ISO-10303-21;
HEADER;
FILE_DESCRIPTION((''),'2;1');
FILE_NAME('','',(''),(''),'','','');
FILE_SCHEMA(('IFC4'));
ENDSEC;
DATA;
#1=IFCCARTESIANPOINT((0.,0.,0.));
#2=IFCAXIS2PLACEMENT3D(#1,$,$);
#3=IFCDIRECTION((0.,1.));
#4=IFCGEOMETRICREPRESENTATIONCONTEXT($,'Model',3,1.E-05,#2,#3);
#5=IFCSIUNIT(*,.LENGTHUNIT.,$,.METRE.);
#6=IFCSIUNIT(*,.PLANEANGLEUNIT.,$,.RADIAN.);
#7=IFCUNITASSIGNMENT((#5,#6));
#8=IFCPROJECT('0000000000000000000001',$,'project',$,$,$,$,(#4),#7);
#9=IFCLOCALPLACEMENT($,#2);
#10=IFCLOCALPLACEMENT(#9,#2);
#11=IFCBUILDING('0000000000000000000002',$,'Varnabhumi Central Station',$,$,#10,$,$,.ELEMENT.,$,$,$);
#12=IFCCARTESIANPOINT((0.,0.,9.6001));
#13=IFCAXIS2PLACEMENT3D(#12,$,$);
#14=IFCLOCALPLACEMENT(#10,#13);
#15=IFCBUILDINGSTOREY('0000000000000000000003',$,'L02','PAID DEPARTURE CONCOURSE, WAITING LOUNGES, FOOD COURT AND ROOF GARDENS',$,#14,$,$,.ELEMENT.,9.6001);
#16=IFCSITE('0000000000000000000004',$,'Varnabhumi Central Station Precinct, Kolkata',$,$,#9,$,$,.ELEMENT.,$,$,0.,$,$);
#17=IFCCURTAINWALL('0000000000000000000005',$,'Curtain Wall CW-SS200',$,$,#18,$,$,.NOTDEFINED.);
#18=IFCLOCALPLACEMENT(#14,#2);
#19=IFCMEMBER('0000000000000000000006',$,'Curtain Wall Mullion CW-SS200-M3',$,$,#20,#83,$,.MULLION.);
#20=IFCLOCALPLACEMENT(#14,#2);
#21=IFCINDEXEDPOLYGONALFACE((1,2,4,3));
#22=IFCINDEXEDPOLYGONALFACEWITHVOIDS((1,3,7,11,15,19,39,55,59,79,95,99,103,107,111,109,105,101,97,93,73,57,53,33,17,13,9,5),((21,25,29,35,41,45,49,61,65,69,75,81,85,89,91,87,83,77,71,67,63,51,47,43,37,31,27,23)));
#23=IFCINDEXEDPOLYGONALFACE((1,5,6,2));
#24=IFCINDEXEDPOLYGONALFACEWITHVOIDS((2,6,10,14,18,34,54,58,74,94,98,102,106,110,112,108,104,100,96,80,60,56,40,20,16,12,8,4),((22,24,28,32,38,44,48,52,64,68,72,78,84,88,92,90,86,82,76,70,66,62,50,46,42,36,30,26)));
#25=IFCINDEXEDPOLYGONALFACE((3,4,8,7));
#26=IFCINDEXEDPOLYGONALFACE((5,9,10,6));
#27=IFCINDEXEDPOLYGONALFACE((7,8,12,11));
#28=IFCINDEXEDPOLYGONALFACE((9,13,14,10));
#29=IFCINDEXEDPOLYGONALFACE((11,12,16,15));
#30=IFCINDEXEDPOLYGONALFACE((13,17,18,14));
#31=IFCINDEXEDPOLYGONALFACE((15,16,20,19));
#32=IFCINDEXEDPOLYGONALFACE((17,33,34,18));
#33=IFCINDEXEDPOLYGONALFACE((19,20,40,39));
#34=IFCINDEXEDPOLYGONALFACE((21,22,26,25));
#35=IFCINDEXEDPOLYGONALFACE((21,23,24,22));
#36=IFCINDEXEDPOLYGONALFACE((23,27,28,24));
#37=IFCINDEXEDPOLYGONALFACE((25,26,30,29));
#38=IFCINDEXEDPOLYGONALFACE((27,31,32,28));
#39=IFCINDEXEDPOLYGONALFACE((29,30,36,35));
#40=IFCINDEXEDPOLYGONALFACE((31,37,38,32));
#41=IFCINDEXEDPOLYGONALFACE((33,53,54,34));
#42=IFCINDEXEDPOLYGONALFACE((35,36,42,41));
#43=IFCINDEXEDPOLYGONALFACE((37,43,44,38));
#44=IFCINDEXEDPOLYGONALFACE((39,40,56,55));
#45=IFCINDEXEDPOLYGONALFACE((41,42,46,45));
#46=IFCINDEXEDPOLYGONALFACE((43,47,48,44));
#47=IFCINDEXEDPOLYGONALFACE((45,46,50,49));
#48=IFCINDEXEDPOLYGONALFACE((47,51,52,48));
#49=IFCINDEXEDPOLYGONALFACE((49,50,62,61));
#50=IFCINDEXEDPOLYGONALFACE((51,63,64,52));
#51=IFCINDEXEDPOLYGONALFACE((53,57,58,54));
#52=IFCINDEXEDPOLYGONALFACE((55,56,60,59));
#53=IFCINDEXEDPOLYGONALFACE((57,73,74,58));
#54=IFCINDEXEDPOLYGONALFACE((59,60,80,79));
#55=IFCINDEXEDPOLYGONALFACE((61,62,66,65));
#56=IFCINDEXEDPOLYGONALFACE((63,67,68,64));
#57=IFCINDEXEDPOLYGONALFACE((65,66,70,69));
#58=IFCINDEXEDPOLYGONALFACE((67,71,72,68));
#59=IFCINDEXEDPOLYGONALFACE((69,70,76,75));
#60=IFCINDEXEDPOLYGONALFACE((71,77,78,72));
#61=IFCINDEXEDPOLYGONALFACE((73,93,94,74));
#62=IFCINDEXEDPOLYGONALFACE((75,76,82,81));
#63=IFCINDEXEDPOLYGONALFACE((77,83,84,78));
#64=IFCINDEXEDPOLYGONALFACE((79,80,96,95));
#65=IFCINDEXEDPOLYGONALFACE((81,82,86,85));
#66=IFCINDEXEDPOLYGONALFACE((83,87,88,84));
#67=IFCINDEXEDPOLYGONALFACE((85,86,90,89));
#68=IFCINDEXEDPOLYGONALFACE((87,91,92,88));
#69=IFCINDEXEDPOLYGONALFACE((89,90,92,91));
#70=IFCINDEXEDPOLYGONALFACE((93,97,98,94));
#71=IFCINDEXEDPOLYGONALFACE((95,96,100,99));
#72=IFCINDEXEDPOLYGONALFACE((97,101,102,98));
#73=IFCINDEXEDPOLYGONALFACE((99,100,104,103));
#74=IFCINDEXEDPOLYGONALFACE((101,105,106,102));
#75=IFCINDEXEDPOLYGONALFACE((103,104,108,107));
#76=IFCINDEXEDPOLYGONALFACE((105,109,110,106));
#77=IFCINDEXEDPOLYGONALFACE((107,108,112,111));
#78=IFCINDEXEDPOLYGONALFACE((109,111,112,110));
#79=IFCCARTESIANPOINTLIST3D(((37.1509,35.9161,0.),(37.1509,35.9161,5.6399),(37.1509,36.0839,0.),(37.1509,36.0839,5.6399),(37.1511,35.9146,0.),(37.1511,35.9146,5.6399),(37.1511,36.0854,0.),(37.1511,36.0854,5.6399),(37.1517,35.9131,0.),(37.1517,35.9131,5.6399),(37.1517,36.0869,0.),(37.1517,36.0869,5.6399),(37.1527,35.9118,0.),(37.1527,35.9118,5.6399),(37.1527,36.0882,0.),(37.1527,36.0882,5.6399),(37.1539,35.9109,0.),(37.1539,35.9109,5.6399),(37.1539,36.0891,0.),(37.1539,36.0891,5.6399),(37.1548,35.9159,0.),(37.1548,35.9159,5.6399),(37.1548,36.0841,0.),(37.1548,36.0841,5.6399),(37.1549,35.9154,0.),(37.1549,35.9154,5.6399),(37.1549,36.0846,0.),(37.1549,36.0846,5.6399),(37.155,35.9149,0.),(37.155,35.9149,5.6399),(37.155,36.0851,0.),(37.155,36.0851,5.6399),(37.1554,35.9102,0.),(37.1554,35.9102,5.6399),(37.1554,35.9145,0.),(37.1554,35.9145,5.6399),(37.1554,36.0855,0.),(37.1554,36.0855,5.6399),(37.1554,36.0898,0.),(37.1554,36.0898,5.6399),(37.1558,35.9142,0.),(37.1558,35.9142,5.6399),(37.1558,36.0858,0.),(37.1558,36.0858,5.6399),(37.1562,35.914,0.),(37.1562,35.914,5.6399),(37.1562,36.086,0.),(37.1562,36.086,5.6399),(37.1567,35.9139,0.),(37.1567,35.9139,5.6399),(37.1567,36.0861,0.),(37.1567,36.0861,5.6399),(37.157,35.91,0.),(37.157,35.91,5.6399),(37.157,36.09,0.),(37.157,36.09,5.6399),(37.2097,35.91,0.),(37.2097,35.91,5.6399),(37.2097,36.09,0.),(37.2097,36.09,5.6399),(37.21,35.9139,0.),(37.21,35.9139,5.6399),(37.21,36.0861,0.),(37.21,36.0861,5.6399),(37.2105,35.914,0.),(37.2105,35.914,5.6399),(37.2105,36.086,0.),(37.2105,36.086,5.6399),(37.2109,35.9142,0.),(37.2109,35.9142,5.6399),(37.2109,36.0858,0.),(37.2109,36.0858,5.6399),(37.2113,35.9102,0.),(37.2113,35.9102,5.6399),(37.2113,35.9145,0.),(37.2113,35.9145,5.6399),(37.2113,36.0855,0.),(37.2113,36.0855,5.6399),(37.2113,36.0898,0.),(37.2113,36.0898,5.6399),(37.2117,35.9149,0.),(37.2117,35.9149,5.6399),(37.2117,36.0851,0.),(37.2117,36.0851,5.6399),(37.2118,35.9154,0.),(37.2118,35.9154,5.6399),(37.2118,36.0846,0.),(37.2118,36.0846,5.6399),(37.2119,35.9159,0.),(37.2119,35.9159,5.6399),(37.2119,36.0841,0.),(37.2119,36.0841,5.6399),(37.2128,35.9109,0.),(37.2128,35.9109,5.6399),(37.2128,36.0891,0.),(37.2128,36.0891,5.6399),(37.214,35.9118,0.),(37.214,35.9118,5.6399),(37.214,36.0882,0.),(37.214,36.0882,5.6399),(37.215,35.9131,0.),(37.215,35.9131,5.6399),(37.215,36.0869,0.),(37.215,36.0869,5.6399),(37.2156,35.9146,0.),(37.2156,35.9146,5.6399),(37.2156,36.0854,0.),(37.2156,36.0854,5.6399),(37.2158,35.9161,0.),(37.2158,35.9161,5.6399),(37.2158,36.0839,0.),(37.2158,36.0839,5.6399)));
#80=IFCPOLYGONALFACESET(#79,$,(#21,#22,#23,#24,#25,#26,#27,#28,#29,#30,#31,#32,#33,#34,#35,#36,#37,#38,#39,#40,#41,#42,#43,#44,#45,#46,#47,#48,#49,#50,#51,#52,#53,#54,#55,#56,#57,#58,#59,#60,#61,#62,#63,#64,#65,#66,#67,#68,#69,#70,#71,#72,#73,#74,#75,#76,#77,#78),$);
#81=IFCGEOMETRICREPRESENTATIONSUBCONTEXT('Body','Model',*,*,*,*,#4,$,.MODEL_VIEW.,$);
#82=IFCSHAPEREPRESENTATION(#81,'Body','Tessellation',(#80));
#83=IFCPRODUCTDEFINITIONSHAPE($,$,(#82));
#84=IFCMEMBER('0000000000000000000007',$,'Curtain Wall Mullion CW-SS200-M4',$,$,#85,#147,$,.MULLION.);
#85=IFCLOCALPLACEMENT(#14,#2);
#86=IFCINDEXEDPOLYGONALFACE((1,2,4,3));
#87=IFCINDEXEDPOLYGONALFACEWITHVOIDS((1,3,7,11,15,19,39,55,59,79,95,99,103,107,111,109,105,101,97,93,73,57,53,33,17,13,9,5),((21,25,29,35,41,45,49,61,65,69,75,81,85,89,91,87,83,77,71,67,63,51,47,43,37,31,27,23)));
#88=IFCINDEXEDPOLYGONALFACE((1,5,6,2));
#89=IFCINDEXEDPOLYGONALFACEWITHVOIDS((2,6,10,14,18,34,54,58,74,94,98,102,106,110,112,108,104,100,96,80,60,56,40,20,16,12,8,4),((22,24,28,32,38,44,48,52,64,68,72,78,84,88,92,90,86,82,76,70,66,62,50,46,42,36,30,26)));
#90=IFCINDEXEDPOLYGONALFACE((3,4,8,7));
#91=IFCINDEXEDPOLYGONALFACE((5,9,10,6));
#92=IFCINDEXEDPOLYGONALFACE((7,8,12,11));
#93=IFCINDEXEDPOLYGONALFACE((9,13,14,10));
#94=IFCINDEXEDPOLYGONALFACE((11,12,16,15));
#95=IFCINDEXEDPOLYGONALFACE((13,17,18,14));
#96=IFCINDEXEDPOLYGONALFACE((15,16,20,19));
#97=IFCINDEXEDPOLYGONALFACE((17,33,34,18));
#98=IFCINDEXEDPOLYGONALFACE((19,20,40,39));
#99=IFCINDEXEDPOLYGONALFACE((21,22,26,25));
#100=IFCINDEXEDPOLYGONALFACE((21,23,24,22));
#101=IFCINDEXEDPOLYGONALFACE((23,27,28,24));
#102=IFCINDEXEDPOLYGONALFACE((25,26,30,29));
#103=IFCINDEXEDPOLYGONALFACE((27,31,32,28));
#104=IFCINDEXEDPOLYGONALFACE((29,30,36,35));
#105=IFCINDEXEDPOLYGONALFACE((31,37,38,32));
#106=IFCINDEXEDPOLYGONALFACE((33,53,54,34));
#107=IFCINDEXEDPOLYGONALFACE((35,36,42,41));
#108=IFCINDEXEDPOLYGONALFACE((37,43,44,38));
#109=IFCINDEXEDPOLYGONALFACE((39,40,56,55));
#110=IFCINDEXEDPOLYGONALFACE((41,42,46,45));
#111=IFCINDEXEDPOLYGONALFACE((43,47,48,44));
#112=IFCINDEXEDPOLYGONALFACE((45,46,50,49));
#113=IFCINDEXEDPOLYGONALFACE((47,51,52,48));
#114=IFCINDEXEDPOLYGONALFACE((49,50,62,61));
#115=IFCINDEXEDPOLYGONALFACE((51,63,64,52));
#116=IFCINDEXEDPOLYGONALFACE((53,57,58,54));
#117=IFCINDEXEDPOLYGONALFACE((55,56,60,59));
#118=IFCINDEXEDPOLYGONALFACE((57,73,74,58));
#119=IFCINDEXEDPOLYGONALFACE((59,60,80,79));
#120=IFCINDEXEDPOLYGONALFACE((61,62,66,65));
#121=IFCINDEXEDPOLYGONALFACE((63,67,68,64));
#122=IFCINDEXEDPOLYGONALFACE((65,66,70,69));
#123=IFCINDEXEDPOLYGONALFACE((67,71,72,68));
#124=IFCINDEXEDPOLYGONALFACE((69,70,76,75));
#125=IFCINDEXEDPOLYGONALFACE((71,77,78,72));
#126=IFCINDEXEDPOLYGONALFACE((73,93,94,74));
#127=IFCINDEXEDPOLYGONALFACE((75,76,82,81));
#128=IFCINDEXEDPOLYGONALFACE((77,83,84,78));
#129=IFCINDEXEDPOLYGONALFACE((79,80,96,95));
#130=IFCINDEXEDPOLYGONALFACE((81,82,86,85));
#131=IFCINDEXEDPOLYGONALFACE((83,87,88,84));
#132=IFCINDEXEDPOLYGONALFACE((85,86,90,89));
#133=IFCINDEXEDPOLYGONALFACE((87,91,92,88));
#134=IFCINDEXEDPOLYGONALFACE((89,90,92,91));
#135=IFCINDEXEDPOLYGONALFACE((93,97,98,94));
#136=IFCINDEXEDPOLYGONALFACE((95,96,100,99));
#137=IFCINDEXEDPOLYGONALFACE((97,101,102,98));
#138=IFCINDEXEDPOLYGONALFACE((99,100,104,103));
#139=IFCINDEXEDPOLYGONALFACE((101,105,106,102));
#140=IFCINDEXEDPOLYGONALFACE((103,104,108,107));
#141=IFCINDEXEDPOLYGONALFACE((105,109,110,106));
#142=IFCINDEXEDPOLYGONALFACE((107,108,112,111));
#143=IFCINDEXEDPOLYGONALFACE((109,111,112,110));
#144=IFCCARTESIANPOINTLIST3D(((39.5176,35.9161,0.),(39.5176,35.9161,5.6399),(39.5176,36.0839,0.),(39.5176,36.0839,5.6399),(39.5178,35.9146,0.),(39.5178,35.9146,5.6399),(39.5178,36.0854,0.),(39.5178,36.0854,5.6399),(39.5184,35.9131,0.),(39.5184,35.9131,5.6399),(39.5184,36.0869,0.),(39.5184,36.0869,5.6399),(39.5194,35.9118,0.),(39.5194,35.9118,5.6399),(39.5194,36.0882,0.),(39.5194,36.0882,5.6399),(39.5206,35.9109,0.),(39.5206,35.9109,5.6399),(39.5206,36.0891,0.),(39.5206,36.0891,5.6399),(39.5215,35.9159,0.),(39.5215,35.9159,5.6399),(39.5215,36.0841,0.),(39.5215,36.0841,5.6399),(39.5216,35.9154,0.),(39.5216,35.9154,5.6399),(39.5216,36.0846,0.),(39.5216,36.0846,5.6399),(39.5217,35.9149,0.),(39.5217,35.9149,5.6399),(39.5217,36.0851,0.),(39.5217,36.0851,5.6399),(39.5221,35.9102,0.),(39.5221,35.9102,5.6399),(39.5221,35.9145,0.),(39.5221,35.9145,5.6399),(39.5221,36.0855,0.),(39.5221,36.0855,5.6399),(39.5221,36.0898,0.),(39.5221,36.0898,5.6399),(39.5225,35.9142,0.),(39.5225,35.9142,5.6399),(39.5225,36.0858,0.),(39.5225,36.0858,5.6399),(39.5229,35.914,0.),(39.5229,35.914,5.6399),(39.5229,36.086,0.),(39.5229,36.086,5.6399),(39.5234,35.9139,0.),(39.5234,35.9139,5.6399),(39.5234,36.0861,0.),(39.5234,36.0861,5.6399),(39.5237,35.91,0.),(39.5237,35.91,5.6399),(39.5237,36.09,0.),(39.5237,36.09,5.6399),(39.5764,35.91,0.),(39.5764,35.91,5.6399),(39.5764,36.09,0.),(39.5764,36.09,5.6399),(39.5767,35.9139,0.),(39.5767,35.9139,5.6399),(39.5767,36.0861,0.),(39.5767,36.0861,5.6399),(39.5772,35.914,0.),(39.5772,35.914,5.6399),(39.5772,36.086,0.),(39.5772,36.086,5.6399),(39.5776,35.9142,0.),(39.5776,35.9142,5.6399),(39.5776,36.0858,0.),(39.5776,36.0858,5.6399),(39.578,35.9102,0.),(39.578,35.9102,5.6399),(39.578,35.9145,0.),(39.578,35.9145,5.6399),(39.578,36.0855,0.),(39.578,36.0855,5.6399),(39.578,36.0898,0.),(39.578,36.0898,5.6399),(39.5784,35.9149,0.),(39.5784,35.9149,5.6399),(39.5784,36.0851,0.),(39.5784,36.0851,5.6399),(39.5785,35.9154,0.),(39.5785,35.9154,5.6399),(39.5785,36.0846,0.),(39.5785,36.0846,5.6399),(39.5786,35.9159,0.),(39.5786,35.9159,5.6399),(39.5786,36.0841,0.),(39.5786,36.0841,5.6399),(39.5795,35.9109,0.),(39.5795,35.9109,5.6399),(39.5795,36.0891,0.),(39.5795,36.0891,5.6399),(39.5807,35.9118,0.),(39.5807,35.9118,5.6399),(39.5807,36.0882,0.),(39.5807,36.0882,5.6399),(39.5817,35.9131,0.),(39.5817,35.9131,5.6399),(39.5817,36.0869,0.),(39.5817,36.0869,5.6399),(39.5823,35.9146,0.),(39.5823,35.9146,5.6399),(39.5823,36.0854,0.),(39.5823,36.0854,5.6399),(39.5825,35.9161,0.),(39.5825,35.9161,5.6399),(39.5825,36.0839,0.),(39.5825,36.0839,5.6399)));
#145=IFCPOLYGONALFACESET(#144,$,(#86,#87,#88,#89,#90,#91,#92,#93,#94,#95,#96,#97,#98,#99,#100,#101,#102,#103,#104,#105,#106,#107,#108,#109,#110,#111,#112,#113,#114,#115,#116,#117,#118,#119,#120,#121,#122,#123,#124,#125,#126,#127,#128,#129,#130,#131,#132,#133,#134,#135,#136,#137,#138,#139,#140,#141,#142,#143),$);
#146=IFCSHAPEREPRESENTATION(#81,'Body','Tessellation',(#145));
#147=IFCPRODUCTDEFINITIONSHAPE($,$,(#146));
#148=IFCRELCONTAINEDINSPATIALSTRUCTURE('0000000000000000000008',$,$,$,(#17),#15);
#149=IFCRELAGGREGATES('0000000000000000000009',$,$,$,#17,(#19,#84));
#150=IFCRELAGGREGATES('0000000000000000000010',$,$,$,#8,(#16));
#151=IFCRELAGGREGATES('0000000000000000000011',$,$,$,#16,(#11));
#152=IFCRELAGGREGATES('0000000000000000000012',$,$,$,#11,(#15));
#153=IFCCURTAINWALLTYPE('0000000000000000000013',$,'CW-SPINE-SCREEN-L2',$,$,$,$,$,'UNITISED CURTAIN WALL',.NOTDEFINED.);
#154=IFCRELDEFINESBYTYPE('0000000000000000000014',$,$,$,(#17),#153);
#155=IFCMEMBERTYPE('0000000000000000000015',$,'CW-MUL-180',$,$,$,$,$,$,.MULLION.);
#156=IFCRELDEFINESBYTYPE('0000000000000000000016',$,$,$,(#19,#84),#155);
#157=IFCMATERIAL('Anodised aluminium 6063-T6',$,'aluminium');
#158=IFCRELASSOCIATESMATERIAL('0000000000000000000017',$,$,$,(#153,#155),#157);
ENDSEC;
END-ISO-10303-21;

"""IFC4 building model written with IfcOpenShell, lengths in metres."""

from ifc_helpers import new_model, si_unit, direction, frame, origin, origin_2d, place, context, subcontext, project, spatial, hollow_rectangle, extrude, material, material_profile, profile_set, type_object, element, aggregate, save


model = new_model("IFC4")

# Units and contexts
model_context = context("Model", 3, precision=1e-05, world=origin(), true_north=direction((0.0, 1.0)))
body_context = subcontext(model_context, "Body", "Model", "MODEL_VIEW")
ifc_project = project(units=[si_unit("LENGTHUNIT", "METRE"), si_unit("PLANEANGLEUNIT", "RADIAN")], contexts=[model_context])

# Site, building, storey
site_placement = place(None, origin())
site = spatial("IfcSite", under=ifc_project, at=site_placement, Name="Varnabhumi Central Station Precinct, Kolkata", CompositionType="ELEMENT", RefElevation=0.0)
building_placement = place(site_placement, origin())
building = spatial("IfcBuilding", under=site, at=building_placement, Name="Varnabhumi Central Station", CompositionType="ELEMENT")
storey_placement = place(building_placement, frame((0.0, 0.0, 9.6001)))
storey = spatial("IfcBuildingStorey", under=building, at=storey_placement, Name="L02", Description="PAID DEPARTURE CONCOURSE, WAITING LOUNGES, FOOD COURT AND ROOF GARDENS", CompositionType="ELEMENT", Elevation=9.6001)

# Curtain wall, members
ifc_material_1 = material(Name="Anodised aluminium 6063-T6", Category="aluminium")
curtain_wall_type = type_object("IfcCurtainWallType", Name="CW-SPINE-SCREEN-L2", ElementType="UNITISED CURTAIN WALL", PredefinedType="NOTDEFINED", material=ifc_material_1)
curtain_wall_placement = place(storey_placement, origin())
curtain_wall = element("IfcCurtainWall", 1, at=curtain_wall_placement, inside=storey, type_object=curtain_wall_type, Name="Curtain Wall CW-SS200", PredefinedType="NOTDEFINED")
ifc_material_profile_1 = material_profile(ifc_material_1, hollow_rectangle(XDim=0.0649, YDim=0.1799, WallThickness=0.0039, InnerFilletRadius=0.002, OuterFilletRadius=0.0061, at=origin_2d()), Name="Anodised aluminium 6063-T6", Category="aluminium")
ifc_profile_set_1 = profile_set([ifc_material_profile_1], Name="Anodised aluminium 6063-T6")
member_type_1 = type_object("IfcMemberType", Name="CW-MUL-180", PredefinedType="MULLION", material=ifc_profile_set_1)
member_1_placement = place(storey_placement, frame((37.1833, 36.0, 0.0), z_axis=(0.0, 0.0, 1.0), x_axis=(1.0, 0.0, 0.0)))
member_1 = element("IfcMember", 2, at=member_1_placement, type_object=member_type_1, Name="Curtain Wall Mullion CW-SS200-M3", PredefinedType="MULLION", context=body_context, shape_type="SweptSolid", body=[
    extrude(hollow_rectangle(XDim=0.0649, YDim=0.1799, WallThickness=0.0039, InnerFilletRadius=0.002, OuterFilletRadius=0.0061, at=origin_2d()), origin(), (0.0, 0.0, 1.0), 5.6399),
])
member_2_placement = place(storey_placement, frame((39.55, 36.0, 0.0), z_axis=(0.0, 0.0, 1.0), x_axis=(1.0, 0.0, 0.0)))
member_2 = element("IfcMember", 3, at=member_2_placement, type_object=member_type_1, Name="Curtain Wall Mullion CW-SS200-M4", PredefinedType="MULLION", context=body_context, shape_type="SweptSolid", body=[
    extrude(hollow_rectangle(XDim=0.0649, YDim=0.1799, WallThickness=0.0039, InnerFilletRadius=0.002, OuterFilletRadius=0.0061, at=origin_2d()), origin(), (0.0, 0.0, 1.0), 5.6399),
])

aggregate(curtain_wall, [member_1, member_2])

save(model, "model.ifc")
